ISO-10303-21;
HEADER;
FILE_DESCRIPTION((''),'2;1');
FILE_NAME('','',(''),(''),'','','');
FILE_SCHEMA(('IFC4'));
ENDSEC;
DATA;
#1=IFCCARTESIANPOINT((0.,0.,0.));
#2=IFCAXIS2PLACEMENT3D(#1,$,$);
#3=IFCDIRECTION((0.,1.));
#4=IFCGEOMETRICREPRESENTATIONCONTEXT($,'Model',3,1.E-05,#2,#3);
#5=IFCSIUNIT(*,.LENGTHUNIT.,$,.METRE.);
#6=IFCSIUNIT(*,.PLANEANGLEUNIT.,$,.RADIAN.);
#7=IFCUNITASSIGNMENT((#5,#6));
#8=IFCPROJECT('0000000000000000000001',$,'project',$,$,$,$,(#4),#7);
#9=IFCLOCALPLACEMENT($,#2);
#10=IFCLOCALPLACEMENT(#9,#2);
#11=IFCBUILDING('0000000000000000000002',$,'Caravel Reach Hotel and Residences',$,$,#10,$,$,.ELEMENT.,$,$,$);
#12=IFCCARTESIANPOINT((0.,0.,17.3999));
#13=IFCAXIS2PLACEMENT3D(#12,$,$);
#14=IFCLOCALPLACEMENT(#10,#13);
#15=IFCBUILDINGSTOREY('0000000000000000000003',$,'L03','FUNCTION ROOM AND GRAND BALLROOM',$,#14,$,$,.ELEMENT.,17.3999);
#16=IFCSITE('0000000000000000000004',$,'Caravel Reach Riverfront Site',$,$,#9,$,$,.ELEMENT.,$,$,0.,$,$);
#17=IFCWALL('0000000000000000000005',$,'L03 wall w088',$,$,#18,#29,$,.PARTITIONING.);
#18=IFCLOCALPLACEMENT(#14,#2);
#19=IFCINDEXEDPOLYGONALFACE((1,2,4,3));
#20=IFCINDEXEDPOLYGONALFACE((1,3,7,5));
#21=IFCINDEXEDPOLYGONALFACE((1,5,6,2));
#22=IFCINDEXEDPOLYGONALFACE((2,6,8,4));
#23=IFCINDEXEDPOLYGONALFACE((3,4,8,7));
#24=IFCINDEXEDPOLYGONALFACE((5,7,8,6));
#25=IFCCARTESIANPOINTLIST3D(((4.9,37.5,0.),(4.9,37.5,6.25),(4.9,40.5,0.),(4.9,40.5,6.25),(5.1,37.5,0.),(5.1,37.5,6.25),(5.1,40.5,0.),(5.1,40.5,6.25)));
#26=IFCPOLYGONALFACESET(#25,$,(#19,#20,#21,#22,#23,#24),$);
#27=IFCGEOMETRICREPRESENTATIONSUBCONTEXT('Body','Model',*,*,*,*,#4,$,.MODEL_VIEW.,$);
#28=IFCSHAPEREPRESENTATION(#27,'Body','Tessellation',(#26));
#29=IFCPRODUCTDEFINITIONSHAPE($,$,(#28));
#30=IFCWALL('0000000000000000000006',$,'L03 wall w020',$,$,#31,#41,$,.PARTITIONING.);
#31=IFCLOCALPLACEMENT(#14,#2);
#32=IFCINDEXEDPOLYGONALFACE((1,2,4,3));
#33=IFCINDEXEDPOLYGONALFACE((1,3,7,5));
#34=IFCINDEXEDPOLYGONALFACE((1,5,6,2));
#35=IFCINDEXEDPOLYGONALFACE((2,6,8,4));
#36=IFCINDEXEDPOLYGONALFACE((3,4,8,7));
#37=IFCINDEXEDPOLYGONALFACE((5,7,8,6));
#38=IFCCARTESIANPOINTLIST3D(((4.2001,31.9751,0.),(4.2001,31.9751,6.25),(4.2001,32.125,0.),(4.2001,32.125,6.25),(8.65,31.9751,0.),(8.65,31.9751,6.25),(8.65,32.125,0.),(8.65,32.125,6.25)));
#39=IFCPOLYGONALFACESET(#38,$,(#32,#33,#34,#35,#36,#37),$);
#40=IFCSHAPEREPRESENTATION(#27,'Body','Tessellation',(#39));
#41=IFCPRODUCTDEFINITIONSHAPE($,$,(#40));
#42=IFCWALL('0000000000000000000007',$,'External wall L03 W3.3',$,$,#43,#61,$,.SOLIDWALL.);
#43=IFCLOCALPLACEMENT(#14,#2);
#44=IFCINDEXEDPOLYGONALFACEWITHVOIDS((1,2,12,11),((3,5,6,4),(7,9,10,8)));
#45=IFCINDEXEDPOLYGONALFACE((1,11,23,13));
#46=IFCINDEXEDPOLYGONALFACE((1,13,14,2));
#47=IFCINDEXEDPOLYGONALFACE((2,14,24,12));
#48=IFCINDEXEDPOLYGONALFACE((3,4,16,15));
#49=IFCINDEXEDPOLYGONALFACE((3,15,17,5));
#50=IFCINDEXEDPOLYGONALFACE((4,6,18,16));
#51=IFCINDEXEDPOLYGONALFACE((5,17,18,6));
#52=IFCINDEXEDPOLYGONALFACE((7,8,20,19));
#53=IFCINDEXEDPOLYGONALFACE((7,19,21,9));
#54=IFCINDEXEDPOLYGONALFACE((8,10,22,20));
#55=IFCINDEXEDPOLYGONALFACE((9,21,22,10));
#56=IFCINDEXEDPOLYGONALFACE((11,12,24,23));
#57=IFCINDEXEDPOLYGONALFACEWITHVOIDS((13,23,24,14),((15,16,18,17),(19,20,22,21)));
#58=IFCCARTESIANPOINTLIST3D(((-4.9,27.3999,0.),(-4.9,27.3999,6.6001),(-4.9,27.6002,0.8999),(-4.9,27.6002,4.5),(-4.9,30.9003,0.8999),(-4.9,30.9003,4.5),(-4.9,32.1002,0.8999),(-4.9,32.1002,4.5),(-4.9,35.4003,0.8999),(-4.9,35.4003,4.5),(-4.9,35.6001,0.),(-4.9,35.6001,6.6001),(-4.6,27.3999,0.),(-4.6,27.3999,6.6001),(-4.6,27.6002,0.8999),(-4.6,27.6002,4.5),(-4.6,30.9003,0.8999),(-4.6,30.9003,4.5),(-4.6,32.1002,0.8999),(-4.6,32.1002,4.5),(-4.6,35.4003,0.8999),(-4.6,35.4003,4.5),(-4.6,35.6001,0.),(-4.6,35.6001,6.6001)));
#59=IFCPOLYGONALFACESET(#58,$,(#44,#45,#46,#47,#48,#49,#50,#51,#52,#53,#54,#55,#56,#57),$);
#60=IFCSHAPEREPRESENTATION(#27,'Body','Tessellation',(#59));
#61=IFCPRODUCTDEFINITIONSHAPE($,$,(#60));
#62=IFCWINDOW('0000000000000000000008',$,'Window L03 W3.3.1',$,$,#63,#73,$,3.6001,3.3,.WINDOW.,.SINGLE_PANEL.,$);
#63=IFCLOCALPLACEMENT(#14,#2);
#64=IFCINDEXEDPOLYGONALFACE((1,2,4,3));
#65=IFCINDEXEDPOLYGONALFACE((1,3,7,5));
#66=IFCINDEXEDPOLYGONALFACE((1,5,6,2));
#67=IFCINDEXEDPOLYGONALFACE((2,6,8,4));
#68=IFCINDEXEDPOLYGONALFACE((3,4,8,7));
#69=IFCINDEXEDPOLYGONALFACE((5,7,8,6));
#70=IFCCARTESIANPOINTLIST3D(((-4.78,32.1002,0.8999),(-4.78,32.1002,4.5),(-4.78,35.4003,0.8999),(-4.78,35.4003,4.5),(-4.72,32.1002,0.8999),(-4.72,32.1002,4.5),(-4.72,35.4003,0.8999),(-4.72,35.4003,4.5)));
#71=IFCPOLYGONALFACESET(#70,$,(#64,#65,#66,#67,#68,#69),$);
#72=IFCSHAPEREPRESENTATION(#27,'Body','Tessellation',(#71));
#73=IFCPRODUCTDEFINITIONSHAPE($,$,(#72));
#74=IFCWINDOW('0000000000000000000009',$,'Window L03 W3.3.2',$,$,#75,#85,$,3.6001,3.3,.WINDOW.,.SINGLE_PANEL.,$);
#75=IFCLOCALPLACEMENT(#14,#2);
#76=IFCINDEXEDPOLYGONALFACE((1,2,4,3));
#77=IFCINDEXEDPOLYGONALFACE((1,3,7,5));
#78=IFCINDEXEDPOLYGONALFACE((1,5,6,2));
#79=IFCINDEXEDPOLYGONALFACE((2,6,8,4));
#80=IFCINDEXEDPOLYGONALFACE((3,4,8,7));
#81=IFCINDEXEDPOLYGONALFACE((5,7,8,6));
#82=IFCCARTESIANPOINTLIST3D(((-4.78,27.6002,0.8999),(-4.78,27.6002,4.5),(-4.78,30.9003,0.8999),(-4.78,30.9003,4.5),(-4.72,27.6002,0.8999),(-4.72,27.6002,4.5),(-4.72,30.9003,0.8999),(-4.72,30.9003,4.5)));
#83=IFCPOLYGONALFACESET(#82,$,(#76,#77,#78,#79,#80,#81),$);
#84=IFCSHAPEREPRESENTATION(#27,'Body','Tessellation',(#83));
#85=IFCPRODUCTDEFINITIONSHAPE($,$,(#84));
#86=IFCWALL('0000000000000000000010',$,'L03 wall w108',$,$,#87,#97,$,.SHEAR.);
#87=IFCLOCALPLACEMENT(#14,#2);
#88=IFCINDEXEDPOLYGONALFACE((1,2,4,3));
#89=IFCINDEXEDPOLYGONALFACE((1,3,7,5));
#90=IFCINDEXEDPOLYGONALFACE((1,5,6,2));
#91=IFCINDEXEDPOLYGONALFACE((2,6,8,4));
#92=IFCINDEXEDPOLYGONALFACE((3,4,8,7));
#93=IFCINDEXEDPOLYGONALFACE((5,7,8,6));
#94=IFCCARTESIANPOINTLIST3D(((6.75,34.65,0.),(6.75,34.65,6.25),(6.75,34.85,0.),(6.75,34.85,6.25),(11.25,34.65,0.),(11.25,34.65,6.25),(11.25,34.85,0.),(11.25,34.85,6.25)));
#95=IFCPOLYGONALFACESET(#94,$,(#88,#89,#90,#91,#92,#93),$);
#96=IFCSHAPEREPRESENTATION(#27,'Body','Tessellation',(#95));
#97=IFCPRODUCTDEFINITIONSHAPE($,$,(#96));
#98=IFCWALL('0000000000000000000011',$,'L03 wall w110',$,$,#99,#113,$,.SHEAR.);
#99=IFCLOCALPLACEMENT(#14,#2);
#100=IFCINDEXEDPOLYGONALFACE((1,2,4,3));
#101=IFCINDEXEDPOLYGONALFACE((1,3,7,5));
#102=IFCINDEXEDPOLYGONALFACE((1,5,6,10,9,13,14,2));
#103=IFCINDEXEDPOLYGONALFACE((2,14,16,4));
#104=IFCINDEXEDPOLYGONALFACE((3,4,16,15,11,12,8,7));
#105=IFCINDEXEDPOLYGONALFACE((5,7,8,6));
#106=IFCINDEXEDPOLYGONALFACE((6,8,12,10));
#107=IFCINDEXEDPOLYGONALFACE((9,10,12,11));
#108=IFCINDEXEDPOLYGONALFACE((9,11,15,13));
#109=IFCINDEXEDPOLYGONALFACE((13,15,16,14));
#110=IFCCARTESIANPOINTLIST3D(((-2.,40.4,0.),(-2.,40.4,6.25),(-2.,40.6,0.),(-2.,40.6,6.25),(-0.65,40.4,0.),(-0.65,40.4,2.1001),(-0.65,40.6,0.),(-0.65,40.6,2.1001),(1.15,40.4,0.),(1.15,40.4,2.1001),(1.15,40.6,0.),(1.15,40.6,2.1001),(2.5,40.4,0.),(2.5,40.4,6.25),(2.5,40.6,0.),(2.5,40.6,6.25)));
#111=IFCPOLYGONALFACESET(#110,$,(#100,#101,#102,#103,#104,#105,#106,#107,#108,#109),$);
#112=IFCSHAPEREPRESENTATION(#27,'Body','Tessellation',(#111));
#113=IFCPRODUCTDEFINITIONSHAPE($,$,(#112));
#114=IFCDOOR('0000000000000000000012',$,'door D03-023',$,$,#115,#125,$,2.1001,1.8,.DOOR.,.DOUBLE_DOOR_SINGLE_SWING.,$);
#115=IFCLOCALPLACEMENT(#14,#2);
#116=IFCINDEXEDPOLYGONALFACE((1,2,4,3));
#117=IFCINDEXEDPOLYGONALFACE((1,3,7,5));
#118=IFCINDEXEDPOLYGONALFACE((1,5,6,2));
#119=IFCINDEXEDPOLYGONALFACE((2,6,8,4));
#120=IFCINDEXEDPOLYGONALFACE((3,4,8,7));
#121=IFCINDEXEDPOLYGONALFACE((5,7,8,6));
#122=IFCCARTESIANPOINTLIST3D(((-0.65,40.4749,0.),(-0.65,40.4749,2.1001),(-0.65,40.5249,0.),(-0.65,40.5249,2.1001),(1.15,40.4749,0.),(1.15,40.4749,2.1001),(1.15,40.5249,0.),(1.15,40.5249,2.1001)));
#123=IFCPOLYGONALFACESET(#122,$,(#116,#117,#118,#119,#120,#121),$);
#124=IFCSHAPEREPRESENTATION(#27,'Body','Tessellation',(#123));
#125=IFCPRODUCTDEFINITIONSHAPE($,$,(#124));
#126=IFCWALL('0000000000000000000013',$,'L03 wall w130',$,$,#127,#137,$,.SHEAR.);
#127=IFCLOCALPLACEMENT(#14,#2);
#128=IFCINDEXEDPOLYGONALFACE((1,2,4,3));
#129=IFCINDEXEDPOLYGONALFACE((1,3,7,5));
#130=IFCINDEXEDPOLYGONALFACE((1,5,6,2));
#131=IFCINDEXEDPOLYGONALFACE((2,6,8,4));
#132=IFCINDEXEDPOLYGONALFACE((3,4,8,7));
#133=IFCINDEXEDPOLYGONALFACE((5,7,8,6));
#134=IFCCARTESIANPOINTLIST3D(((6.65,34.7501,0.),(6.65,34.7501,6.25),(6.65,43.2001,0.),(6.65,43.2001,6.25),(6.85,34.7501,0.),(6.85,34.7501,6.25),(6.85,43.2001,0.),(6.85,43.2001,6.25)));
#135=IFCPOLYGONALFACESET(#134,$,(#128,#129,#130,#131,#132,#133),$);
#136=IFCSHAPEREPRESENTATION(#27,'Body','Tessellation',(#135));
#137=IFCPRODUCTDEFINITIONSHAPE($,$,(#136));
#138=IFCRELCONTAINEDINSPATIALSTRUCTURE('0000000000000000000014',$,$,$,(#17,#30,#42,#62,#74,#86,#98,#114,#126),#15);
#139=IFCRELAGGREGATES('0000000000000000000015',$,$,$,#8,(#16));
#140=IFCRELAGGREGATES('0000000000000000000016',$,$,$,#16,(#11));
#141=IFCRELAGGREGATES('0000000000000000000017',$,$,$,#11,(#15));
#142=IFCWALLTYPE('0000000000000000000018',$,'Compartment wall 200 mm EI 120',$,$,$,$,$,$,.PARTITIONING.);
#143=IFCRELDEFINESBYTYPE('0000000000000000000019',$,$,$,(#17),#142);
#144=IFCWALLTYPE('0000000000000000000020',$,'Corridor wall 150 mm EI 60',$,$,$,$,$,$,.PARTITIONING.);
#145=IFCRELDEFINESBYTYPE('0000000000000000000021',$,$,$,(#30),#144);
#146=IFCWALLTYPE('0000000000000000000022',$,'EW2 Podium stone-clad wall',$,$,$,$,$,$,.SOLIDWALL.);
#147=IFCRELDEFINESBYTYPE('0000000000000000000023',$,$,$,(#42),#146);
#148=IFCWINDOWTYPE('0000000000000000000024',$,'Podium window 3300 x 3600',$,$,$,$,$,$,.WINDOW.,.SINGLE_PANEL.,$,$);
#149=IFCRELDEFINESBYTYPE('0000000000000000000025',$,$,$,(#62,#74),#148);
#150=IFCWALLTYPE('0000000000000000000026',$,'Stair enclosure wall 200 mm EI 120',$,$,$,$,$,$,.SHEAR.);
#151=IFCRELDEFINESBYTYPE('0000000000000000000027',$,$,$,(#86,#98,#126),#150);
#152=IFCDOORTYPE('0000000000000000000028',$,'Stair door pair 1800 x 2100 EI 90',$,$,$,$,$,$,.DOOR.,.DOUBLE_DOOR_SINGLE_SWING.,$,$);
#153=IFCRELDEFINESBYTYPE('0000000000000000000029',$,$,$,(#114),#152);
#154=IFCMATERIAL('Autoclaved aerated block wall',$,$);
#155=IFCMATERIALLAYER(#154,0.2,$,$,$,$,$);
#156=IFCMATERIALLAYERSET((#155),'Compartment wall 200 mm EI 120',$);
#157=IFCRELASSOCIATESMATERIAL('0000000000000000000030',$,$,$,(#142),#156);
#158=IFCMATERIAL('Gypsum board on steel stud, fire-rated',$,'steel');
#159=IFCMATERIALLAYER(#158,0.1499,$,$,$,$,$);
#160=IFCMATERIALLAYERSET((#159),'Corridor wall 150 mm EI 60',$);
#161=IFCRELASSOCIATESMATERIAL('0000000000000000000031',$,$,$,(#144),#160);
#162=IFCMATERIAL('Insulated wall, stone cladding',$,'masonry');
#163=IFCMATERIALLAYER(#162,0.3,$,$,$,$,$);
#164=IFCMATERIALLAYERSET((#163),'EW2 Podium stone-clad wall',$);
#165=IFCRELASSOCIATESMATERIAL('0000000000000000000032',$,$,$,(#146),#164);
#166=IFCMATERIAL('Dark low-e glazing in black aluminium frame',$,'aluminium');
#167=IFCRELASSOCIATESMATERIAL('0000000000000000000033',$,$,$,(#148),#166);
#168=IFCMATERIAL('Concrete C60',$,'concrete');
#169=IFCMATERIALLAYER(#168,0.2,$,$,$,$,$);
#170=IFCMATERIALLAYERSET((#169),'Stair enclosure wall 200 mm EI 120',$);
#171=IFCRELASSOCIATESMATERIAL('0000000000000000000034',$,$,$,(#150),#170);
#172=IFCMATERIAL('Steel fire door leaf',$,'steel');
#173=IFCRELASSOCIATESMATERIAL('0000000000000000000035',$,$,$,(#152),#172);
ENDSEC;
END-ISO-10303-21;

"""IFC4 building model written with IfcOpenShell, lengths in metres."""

from ifc_helpers import new_model, si_unit, direction, frame, frame_2d, origin, place, context, subcontext, project, spatial, rectangle, extrude, material, layer, layer_set, type_object, element, fill, save


model = new_model("IFC4")

# Units and contexts
model_context = context("Model", 3, precision=1e-05, world=origin(), true_north=direction((0.0, 1.0)))
body_context = subcontext(model_context, "Body", "Model", "MODEL_VIEW")
ifc_project = project(units=[si_unit("LENGTHUNIT", "METRE"), si_unit("PLANEANGLEUNIT", "RADIAN")], contexts=[model_context])

# Site, building, storey
site_placement = place(None, origin())
site = spatial("IfcSite", under=ifc_project, at=site_placement, Name="Caravel Reach Riverfront Site", CompositionType="ELEMENT", RefElevation=0.0)
building_placement = place(site_placement, origin())
building = spatial("IfcBuilding", under=site, at=building_placement, Name="Caravel Reach Hotel and Residences", CompositionType="ELEMENT")
storey_placement = place(building_placement, frame((0.0, 0.0, 17.3999)))
storey = spatial("IfcBuildingStorey", under=building, at=storey_placement, Name="L03", Description="FUNCTION ROOM AND GRAND BALLROOM", CompositionType="ELEMENT", Elevation=17.3999)

# Shared definitions
ifc_material_1 = material(Name="Autoclaved aerated block wall")
ifc_layer_1 = layer(ifc_material_1, 0.2)
ifc_layer_set_1 = layer_set([ifc_layer_1], Name="Compartment wall 200 mm EI 120")
wall_type_1 = type_object("IfcWallType", Name="Compartment wall 200 mm EI 120", PredefinedType="PARTITIONING", material=ifc_layer_set_1)

# Walls
wall_1_placement = place(storey_placement, frame((5.0, 37.5, 0.0), z_axis=(0.0, 0.0, 1.0), x_axis=(0.0, 1.0, 0.0)))
element("IfcWall", 1, at=wall_1_placement, inside=storey, type_object=wall_type_1, Name="L03 wall w088", PredefinedType="PARTITIONING", context=body_context, shape_type="SweptSolid", body=[
    extrude(rectangle(XDim=3.0, YDim=0.2, at=frame_2d((1.5, 0.0))), origin(), (0.0, 0.0, 1.0), 6.25),
])
ifc_material_2 = material(Name="Gypsum board on steel stud, fire-rated", Category="steel")
ifc_layer_2 = layer(ifc_material_2, 0.1499)
ifc_layer_set_2 = layer_set([ifc_layer_2], Name="Corridor wall 150 mm EI 60")
wall_type_2 = type_object("IfcWallType", Name="Corridor wall 150 mm EI 60", PredefinedType="PARTITIONING", material=ifc_layer_set_2)
wall_2_placement = place(storey_placement, frame((4.2, 32.05, 0.0), z_axis=(0.0, 0.0, 1.0), x_axis=(1.0, 0.0, 0.0)))
element("IfcWall", 2, at=wall_2_placement, inside=storey, type_object=wall_type_2, Name="L03 wall w020", PredefinedType="PARTITIONING", context=body_context, shape_type="SweptSolid", body=[
    extrude(rectangle(XDim=4.45, YDim=0.1499, at=frame_2d((2.2251, 0.0))), origin(), (0.0, 0.0, 1.0), 6.25),
])

# Wall, openings, windows
ifc_material_3 = material(Name="Insulated wall, stone cladding", Category="masonry")
ifc_layer_3 = layer(ifc_material_3, 0.3)
ifc_layer_set_3 = layer_set([ifc_layer_3], Name="EW2 Podium stone-clad wall")
wall_type_3 = type_object("IfcWallType", Name="EW2 Podium stone-clad wall", PredefinedType="SOLIDWALL", material=ifc_layer_set_3)
wall_3_placement = place(storey_placement, frame((-4.75, 35.6001, 0.0), z_axis=(0.0, 0.0, 1.0), x_axis=(0.0, -1.0, 0.0)))
wall_3 = element("IfcWall", 3, at=wall_3_placement, inside=storey, type_object=wall_type_3, Name="External wall L03 W3.3", PredefinedType="SOLIDWALL", context=body_context, shape_type="SweptSolid", body=[
    extrude(rectangle(XDim=8.2002, YDim=0.3, at=frame_2d((4.1001, 0.0))), origin(), (0.0, 0.0, 1.0), 6.6001),
])
opening_1_placement = place(wall_3_placement, frame((0.2, 0.0, 0.8999)))
opening_1 = element("IfcOpeningElement", 4, at=opening_1_placement, cuts=wall_3, PredefinedType="OPENING", context=body_context, shape_type="SweptSolid", body=[
    extrude(rectangle(XDim=3.3, YDim=3.6001, at=frame_2d((1.6499, 1.8))), frame((0.0, 0.1599, 0.0), z_axis=(0.0, -1.0, 0.0), x_axis=(1.0, 0.0, 0.0)), (0.0, 0.0, 1.0), 0.3201),
])
opening_2_placement = place(wall_3_placement, frame((4.7, 0.0, 0.8999)))
opening_2 = element("IfcOpeningElement", 5, at=opening_2_placement, cuts=wall_3, PredefinedType="OPENING", context=body_context, shape_type="SweptSolid", body=[
    extrude(rectangle(XDim=3.3, YDim=3.6001, at=frame_2d((1.6499, 1.8))), frame((0.0, 0.1599, 0.0), z_axis=(0.0, -1.0, 0.0), x_axis=(1.0, 0.0, 0.0)), (0.0, 0.0, 1.0), 0.3201),
])
ifc_material_4 = material(Name="Dark low-e glazing in black aluminium frame", Category="aluminium")
window_type = type_object("IfcWindowType", Name="Podium window 3300 x 3600", PartitioningType="SINGLE_PANEL", PredefinedType="WINDOW", material=ifc_material_4)
window_1_placement = place(opening_1_placement, origin())
window_1 = element("IfcWindow", 6, at=window_1_placement, inside=storey, type_object=window_type, Name="Window L03 W3.3.1", OverallHeight=3.6001, OverallWidth=3.3, PartitioningType="SINGLE_PANEL", PredefinedType="WINDOW", context=body_context, shape_type="SweptSolid", body=[
    extrude(rectangle(XDim=3.3, YDim=3.6001, at=frame_2d((1.6499, 1.8))), frame((0.0, 0.03, 0.0), z_axis=(0.0, -1.0, 0.0), x_axis=(1.0, 0.0, 0.0)), (0.0, 0.0, 1.0), 0.0601),
])
fill(opening_1, window_1)
window_2_placement = place(opening_2_placement, origin())
window_2 = element("IfcWindow", 7, at=window_2_placement, inside=storey, type_object=window_type, Name="Window L03 W3.3.2", OverallHeight=3.6001, OverallWidth=3.3, PartitioningType="SINGLE_PANEL", PredefinedType="WINDOW", context=body_context, shape_type="SweptSolid", body=[
    extrude(rectangle(XDim=3.3, YDim=3.6001, at=frame_2d((1.6499, 1.8))), frame((0.0, 0.03, 0.0), z_axis=(0.0, -1.0, 0.0), x_axis=(1.0, 0.0, 0.0)), (0.0, 0.0, 1.0), 0.0601),
])
fill(opening_2, window_2)

# Wall
ifc_material_5 = material(Name="Concrete C60", Category="concrete")
ifc_layer_4 = layer(ifc_material_5, 0.2)
ifc_layer_set_4 = layer_set([ifc_layer_4], Name="Stair enclosure wall 200 mm EI 120")
wall_type_4 = type_object("IfcWallType", Name="Stair enclosure wall 200 mm EI 120", PredefinedType="SHEAR", material=ifc_layer_set_4)
wall_4_placement = place(storey_placement, frame((6.75, 34.75, 0.0), z_axis=(0.0, 0.0, 1.0), x_axis=(1.0, 0.0, 0.0)))
element("IfcWall", 8, at=wall_4_placement, inside=storey, type_object=wall_type_4, Name="L03 wall w108", PredefinedType="SHEAR", context=body_context, shape_type="SweptSolid", body=[
    extrude(rectangle(XDim=4.5, YDim=0.2, at=frame_2d((2.25, 0.0))), origin(), (0.0, 0.0, 1.0), 6.25),
])

# Wall, opening, door
wall_5_placement = place(storey_placement, frame((-2.0, 40.5, 0.0), z_axis=(0.0, 0.0, 1.0), x_axis=(1.0, 0.0, 0.0)))
wall_5 = element("IfcWall", 9, at=wall_5_placement, inside=storey, type_object=wall_type_4, Name="L03 wall w110", PredefinedType="SHEAR", context=body_context, shape_type="SweptSolid", body=[
    extrude(rectangle(XDim=4.5, YDim=0.2, at=frame_2d((2.25, 0.0))), origin(), (0.0, 0.0, 1.0), 6.25),
])
opening_3_placement = place(wall_5_placement, frame((1.3501, 0.0, 0.0)))
opening_3 = element("IfcOpeningElement", 10, at=opening_3_placement, cuts=wall_5, PredefinedType="OPENING", context=body_context, shape_type="SweptSolid", body=[
    extrude(rectangle(XDim=1.8, YDim=2.1001, at=frame_2d((0.8999, 1.05))), frame((0.0, 0.1099, 0.0), z_axis=(0.0, -1.0, 0.0), x_axis=(1.0, 0.0, 0.0)), (0.0, 0.0, 1.0), 0.22),
])
ifc_material_6 = material(Name="Steel fire door leaf", Category="steel")
door_type_1 = type_object("IfcDoorType", Name="Stair door pair 1800 x 2100 EI 90", OperationType="DOUBLE_DOOR_SINGLE_SWING", PredefinedType="DOOR", material=ifc_material_6)
door_1_placement = place(opening_3_placement, origin())
door_1 = element("IfcDoor", 11, at=door_1_placement, inside=storey, type_object=door_type_1, Name="door D03-023", OperationType="DOUBLE_DOOR_SINGLE_SWING", OverallHeight=2.1001, OverallWidth=1.8, PredefinedType="DOOR", context=body_context, shape_type="SweptSolid", body=[
    extrude(rectangle(XDim=1.8, YDim=2.1001, at=frame_2d((0.8999, 1.05))), frame((0.0, 0.0249, 0.0), z_axis=(0.0, -1.0, 0.0), x_axis=(1.0, 0.0, 0.0)), (0.0, 0.0, 1.0), 0.05),
])
fill(opening_3, door_1)

# Wall
wall_6_placement = place(storey_placement, frame((6.75, 34.75, 0.0), z_axis=(0.0, 0.0, 1.0), x_axis=(0.0, 1.0, 0.0)))
element("IfcWall", 12, at=wall_6_placement, inside=storey, type_object=wall_type_4, Name="L03 wall w130", PredefinedType="SHEAR", context=body_context, shape_type="SweptSolid", body=[
    extrude(rectangle(XDim=8.45, YDim=0.2, at=frame_2d((4.2251, 0.0))), origin(), (0.0, 0.0, 1.0), 6.25),
])

save(model, "model.ifc")
